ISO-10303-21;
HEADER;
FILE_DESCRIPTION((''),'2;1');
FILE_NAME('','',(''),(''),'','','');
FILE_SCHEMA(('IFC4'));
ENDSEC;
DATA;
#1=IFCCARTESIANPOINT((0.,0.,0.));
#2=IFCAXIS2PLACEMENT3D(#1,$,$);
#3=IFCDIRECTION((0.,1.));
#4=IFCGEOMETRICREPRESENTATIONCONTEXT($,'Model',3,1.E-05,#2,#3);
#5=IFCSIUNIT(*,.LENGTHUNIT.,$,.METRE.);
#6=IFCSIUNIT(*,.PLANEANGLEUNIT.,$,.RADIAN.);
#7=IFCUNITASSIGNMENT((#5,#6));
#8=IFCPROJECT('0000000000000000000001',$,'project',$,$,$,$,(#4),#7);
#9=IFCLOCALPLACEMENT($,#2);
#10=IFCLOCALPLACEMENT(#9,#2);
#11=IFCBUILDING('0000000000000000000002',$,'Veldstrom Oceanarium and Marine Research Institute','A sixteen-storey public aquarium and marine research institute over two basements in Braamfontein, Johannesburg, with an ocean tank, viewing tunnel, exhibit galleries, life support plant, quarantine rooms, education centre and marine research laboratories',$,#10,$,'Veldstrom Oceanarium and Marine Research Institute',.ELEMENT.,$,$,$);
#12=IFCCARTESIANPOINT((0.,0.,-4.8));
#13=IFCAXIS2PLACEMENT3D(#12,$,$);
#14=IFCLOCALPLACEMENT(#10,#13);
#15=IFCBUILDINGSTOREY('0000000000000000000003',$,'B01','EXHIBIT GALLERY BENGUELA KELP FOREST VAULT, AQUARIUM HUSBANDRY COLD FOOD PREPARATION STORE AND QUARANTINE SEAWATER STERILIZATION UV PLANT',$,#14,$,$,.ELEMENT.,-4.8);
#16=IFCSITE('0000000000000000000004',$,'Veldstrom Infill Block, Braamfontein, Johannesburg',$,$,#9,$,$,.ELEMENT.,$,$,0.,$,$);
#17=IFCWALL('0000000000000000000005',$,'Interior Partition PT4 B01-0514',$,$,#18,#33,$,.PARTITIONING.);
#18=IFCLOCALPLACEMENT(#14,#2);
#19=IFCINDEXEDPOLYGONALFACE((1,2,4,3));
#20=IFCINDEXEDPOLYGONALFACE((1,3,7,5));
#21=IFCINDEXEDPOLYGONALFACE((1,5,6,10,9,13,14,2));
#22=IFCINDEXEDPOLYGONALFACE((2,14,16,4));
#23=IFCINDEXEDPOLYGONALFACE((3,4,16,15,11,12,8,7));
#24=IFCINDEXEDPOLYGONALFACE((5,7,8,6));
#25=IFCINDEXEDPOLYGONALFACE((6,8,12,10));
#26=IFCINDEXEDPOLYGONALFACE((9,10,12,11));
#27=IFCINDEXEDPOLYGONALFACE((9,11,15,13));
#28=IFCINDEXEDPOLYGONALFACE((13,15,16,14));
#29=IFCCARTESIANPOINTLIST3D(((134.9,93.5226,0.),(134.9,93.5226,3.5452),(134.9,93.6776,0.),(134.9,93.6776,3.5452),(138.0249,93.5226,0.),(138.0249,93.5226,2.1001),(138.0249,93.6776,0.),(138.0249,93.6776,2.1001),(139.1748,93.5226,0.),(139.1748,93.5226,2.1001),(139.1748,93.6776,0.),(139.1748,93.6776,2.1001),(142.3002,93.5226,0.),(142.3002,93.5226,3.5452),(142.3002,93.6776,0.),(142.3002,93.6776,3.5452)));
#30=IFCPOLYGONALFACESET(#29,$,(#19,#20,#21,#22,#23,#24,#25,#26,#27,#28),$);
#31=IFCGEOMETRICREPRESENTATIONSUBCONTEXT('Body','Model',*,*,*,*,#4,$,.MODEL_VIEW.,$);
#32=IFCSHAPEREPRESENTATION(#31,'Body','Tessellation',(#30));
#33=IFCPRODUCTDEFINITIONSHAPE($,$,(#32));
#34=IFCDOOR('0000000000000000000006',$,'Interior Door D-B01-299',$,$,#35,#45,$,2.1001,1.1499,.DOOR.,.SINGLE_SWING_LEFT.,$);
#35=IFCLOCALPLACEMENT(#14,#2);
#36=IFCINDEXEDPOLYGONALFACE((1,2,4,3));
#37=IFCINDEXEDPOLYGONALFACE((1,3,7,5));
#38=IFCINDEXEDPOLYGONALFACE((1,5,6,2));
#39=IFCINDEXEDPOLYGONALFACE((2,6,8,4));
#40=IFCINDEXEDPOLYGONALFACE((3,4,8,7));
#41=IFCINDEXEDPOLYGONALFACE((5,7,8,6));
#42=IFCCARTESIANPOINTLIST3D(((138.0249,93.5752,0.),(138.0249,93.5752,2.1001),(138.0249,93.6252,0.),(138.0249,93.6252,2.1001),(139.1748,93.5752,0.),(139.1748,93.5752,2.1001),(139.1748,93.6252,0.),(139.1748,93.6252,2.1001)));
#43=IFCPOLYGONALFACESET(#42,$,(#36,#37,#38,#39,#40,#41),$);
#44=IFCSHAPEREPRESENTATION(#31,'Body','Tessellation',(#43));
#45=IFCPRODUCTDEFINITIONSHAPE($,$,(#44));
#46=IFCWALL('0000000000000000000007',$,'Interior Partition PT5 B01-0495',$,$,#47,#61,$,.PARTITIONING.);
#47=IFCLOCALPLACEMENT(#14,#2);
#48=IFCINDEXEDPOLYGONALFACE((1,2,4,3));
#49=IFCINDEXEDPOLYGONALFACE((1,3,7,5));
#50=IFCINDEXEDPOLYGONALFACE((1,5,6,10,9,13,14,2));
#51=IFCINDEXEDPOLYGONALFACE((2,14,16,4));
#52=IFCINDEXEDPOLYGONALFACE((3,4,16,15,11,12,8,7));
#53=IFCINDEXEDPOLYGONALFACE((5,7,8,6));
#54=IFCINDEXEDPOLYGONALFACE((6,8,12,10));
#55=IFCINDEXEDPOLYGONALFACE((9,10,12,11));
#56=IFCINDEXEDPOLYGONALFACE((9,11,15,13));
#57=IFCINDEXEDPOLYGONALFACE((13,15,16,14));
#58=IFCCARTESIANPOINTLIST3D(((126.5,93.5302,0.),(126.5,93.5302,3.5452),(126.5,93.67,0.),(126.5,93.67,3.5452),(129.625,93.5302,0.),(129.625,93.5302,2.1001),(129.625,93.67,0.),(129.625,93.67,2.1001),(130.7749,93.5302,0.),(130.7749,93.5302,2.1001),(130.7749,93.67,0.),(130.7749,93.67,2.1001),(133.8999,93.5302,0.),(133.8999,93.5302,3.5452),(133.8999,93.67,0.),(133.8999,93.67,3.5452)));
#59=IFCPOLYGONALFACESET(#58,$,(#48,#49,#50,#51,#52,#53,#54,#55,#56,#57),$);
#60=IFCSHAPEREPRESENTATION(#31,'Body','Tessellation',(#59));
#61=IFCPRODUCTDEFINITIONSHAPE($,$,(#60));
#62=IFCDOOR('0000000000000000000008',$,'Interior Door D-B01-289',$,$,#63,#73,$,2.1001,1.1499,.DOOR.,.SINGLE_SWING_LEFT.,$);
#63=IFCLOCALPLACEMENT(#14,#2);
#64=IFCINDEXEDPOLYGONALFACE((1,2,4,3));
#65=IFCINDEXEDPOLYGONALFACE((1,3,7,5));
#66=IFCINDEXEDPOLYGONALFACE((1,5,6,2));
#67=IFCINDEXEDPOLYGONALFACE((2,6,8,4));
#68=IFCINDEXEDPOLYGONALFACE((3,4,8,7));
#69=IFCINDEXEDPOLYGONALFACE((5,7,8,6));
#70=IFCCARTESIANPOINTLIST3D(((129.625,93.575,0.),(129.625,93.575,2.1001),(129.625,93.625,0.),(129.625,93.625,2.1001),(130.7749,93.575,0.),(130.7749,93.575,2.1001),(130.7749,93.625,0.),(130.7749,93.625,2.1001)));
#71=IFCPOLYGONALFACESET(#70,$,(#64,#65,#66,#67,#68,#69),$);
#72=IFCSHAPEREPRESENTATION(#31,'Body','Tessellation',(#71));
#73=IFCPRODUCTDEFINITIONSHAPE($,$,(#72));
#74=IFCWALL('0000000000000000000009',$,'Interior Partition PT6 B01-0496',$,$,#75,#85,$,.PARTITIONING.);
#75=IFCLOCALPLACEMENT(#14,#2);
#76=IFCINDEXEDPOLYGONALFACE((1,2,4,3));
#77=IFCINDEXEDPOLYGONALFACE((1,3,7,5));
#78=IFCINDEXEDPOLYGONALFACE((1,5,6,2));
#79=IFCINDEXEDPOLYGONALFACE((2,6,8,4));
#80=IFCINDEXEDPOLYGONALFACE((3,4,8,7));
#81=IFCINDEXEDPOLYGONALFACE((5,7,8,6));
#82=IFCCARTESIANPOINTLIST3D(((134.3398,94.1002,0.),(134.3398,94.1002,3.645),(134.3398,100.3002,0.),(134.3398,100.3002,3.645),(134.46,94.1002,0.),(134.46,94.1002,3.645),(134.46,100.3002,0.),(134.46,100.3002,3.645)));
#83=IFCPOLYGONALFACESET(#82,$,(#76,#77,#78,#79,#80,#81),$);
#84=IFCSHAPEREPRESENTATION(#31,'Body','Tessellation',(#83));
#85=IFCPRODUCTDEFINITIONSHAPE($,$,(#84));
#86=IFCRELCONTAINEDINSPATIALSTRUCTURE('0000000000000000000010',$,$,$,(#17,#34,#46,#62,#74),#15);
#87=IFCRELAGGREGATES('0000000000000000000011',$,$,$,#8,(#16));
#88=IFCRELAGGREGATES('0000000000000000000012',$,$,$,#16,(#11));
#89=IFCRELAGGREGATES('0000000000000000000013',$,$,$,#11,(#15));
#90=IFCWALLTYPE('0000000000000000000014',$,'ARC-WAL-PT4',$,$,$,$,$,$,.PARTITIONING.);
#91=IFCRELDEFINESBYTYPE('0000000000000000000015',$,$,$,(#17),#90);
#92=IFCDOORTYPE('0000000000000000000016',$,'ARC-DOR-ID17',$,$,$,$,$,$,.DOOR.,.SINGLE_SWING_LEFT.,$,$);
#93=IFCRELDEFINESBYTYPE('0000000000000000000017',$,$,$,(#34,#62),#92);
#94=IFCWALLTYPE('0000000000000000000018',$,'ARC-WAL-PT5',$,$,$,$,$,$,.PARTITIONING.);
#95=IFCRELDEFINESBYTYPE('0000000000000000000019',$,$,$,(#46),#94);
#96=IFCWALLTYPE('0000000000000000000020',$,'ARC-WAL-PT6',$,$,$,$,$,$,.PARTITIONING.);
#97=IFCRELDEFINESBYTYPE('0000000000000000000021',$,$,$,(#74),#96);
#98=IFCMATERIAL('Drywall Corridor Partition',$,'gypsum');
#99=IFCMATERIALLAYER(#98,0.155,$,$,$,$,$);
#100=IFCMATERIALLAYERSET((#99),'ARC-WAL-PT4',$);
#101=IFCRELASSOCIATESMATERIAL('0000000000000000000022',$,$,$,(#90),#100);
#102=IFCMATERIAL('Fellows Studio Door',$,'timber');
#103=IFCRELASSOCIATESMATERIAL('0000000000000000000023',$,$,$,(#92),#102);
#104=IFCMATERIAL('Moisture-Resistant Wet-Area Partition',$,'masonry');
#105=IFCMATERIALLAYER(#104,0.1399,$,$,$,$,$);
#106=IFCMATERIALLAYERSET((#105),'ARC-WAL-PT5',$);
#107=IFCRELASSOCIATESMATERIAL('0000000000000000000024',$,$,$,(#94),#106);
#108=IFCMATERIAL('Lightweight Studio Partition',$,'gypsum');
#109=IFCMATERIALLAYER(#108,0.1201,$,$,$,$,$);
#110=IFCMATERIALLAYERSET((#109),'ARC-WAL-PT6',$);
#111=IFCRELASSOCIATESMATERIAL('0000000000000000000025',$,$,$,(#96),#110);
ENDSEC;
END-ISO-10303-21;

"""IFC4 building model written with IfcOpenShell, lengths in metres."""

from ifc_helpers import new_model, si_unit, direction, frame, frame_2d, origin, place, context, subcontext, project, spatial, rectangle, extrude, material, layer, layer_set, type_object, element, fill, save


model = new_model("IFC4")

# Units and contexts
model_context = context("Model", 3, precision=1e-05, world=origin(), true_north=direction((0.0, 1.0)))
body_context = subcontext(model_context, "Body", "Model", "MODEL_VIEW")
ifc_project = project(units=[si_unit("LENGTHUNIT", "METRE"), si_unit("PLANEANGLEUNIT", "RADIAN")], contexts=[model_context])

# Site, building, storey
site_placement = place(None, origin())
site = spatial("IfcSite", under=ifc_project, at=site_placement, Name="Veldstrom Infill Block, Braamfontein, Johannesburg", CompositionType="ELEMENT", RefElevation=0.0)
building_placement = place(site_placement, origin())
building = spatial("IfcBuilding", under=site, at=building_placement, Name="Veldstrom Oceanarium and Marine Research Institute", Description="A sixteen-storey public aquarium and marine research institute over two basements in Braamfontein, Johannesburg, with an ocean tank, viewing tunnel, exhibit galleries, life support plant, quarantine rooms, education centre and marine research laboratories", LongName="Veldstrom Oceanarium and Marine Research Institute", CompositionType="ELEMENT")
storey_placement = place(building_placement, frame((0.0, 0.0, -4.8)))
storey = spatial("IfcBuildingStorey", under=building, at=storey_placement, Name="B01", Description="EXHIBIT GALLERY BENGUELA KELP FOREST VAULT, AQUARIUM HUSBANDRY COLD FOOD PREPARATION STORE AND QUARANTINE SEAWATER STERILIZATION UV PLANT", CompositionType="ELEMENT", Elevation=-4.8)

# Walls, openings, doors
ifc_material_1 = material(Name="Drywall Corridor Partition", Category="gypsum")
ifc_layer_1 = layer(ifc_material_1, 0.155)
ifc_layer_set_1 = layer_set([ifc_layer_1], Name="ARC-WAL-PT4")
wall_type_1 = type_object("IfcWallType", Name="ARC-WAL-PT4", PredefinedType="PARTITIONING", material=ifc_layer_set_1)
wall_1_placement = place(storey_placement, frame((134.8999, 93.6001, 0.0), z_axis=(0.0, 0.0, 1.0), x_axis=(1.0, 0.0, 0.0)))
wall_1 = element("IfcWall", 1, at=wall_1_placement, inside=storey, type_object=wall_type_1, Name="Interior Partition PT4 B01-0514", PredefinedType="PARTITIONING", context=body_context, shape_type="SweptSolid", body=[
    extrude(rectangle(XDim=7.4001, YDim=0.155, at=frame_2d((3.7002, 0.0))), origin(), (0.0, 0.0, 1.0), 3.5452),
])
opening_1_placement = place(wall_1_placement, frame((3.125, 0.0, 0.0)))
opening_1 = element("IfcOpeningElement", 2, at=opening_1_placement, cuts=wall_1, PredefinedType="OPENING", context=body_context, shape_type="SweptSolid", body=[
    extrude(rectangle(XDim=1.1499, YDim=2.1001, at=frame_2d((0.575, 1.05))), frame((0.0, 0.0874, 0.0), z_axis=(0.0, -1.0, 0.0), x_axis=(1.0, 0.0, 0.0)), (0.0, 0.0, 1.0), 0.175),
])
ifc_material_2 = material(Name="Fellows Studio Door", Category="timber")
door_type = type_object("IfcDoorType", Name="ARC-DOR-ID17", OperationType="SINGLE_SWING_LEFT", PredefinedType="DOOR", material=ifc_material_2)
door_1_placement = place(opening_1_placement, frame((1.1499, 0.0, 0.0), z_axis=(0.0, 0.0, 1.0), x_axis=(-1.0, 0.0, 0.0)))
door_1 = element("IfcDoor", 3, at=door_1_placement, inside=storey, type_object=door_type, Name="Interior Door D-B01-299", OperationType="SINGLE_SWING_LEFT", OverallHeight=2.1001, OverallWidth=1.1499, PredefinedType="DOOR", context=body_context, shape_type="SweptSolid", body=[
    extrude(rectangle(XDim=1.1499, YDim=2.1001, at=frame_2d((0.575, 1.05))), frame((0.0, 0.0249, 0.0), z_axis=(0.0, -1.0, 0.0), x_axis=(1.0, 0.0, 0.0)), (0.0, 0.0, 1.0), 0.05),
])
fill(opening_1, door_1)
ifc_material_3 = material(Name="Moisture-Resistant Wet-Area Partition", Category="masonry")
ifc_layer_2 = layer(ifc_material_3, 0.1399)
ifc_layer_set_2 = layer_set([ifc_layer_2], Name="ARC-WAL-PT5")
wall_type_2 = type_object("IfcWallType", Name="ARC-WAL-PT5", PredefinedType="PARTITIONING", material=ifc_layer_set_2)
wall_2_placement = place(storey_placement, frame((126.5, 93.6001, 0.0), z_axis=(0.0, 0.0, 1.0), x_axis=(1.0, 0.0, 0.0)))
wall_2 = element("IfcWall", 4, at=wall_2_placement, inside=storey, type_object=wall_type_2, Name="Interior Partition PT5 B01-0495", PredefinedType="PARTITIONING", context=body_context, shape_type="SweptSolid", body=[
    extrude(rectangle(XDim=7.3999, YDim=0.1399, at=frame_2d((3.7, 0.0))), origin(), (0.0, 0.0, 1.0), 3.5452),
])
opening_2_placement = place(wall_2_placement, frame((3.125, 0.0, 0.0)))
opening_2 = element("IfcOpeningElement", 5, at=opening_2_placement, cuts=wall_2, PredefinedType="OPENING", context=body_context, shape_type="SweptSolid", body=[
    extrude(rectangle(XDim=1.1499, YDim=2.1001, at=frame_2d((0.575, 1.05))), frame((0.0, 0.0798, 0.0), z_axis=(0.0, -1.0, 0.0), x_axis=(1.0, 0.0, 0.0)), (0.0, 0.0, 1.0), 0.1599),
])
door_2_placement = place(opening_2_placement, origin())
door_2 = element("IfcDoor", 6, at=door_2_placement, inside=storey, type_object=door_type, Name="Interior Door D-B01-289", OperationType="SINGLE_SWING_LEFT", OverallHeight=2.1001, OverallWidth=1.1499, PredefinedType="DOOR", context=body_context, shape_type="SweptSolid", body=[
    extrude(rectangle(XDim=1.1499, YDim=2.1001, at=frame_2d((0.575, 1.05))), frame((0.0, 0.0249, 0.0), z_axis=(0.0, -1.0, 0.0), x_axis=(1.0, 0.0, 0.0)), (0.0, 0.0, 1.0), 0.05),
])
fill(opening_2, door_2)

# Wall
ifc_material_4 = material(Name="Lightweight Studio Partition", Category="gypsum")
ifc_layer_3 = layer(ifc_material_4, 0.1201)
ifc_layer_set_3 = layer_set([ifc_layer_3], Name="ARC-WAL-PT6")
wall_type_3 = type_object("IfcWallType", Name="ARC-WAL-PT6", PredefinedType="PARTITIONING", material=ifc_layer_set_3)
wall_3_placement = place(storey_placement, frame((134.3999, 94.1001, 0.0), z_axis=(0.0, 0.0, 1.0), x_axis=(0.0, 1.0, 0.0)))
element("IfcWall", 7, at=wall_3_placement, inside=storey, type_object=wall_type_3, Name="Interior Partition PT6 B01-0496", PredefinedType="PARTITIONING", context=body_context, shape_type="SweptSolid", body=[
    extrude(rectangle(XDim=6.2, YDim=0.1201, at=frame_2d((3.1001, 0.0))), origin(), (0.0, 0.0, 1.0), 3.645),
])

save(model, "model.ifc")
